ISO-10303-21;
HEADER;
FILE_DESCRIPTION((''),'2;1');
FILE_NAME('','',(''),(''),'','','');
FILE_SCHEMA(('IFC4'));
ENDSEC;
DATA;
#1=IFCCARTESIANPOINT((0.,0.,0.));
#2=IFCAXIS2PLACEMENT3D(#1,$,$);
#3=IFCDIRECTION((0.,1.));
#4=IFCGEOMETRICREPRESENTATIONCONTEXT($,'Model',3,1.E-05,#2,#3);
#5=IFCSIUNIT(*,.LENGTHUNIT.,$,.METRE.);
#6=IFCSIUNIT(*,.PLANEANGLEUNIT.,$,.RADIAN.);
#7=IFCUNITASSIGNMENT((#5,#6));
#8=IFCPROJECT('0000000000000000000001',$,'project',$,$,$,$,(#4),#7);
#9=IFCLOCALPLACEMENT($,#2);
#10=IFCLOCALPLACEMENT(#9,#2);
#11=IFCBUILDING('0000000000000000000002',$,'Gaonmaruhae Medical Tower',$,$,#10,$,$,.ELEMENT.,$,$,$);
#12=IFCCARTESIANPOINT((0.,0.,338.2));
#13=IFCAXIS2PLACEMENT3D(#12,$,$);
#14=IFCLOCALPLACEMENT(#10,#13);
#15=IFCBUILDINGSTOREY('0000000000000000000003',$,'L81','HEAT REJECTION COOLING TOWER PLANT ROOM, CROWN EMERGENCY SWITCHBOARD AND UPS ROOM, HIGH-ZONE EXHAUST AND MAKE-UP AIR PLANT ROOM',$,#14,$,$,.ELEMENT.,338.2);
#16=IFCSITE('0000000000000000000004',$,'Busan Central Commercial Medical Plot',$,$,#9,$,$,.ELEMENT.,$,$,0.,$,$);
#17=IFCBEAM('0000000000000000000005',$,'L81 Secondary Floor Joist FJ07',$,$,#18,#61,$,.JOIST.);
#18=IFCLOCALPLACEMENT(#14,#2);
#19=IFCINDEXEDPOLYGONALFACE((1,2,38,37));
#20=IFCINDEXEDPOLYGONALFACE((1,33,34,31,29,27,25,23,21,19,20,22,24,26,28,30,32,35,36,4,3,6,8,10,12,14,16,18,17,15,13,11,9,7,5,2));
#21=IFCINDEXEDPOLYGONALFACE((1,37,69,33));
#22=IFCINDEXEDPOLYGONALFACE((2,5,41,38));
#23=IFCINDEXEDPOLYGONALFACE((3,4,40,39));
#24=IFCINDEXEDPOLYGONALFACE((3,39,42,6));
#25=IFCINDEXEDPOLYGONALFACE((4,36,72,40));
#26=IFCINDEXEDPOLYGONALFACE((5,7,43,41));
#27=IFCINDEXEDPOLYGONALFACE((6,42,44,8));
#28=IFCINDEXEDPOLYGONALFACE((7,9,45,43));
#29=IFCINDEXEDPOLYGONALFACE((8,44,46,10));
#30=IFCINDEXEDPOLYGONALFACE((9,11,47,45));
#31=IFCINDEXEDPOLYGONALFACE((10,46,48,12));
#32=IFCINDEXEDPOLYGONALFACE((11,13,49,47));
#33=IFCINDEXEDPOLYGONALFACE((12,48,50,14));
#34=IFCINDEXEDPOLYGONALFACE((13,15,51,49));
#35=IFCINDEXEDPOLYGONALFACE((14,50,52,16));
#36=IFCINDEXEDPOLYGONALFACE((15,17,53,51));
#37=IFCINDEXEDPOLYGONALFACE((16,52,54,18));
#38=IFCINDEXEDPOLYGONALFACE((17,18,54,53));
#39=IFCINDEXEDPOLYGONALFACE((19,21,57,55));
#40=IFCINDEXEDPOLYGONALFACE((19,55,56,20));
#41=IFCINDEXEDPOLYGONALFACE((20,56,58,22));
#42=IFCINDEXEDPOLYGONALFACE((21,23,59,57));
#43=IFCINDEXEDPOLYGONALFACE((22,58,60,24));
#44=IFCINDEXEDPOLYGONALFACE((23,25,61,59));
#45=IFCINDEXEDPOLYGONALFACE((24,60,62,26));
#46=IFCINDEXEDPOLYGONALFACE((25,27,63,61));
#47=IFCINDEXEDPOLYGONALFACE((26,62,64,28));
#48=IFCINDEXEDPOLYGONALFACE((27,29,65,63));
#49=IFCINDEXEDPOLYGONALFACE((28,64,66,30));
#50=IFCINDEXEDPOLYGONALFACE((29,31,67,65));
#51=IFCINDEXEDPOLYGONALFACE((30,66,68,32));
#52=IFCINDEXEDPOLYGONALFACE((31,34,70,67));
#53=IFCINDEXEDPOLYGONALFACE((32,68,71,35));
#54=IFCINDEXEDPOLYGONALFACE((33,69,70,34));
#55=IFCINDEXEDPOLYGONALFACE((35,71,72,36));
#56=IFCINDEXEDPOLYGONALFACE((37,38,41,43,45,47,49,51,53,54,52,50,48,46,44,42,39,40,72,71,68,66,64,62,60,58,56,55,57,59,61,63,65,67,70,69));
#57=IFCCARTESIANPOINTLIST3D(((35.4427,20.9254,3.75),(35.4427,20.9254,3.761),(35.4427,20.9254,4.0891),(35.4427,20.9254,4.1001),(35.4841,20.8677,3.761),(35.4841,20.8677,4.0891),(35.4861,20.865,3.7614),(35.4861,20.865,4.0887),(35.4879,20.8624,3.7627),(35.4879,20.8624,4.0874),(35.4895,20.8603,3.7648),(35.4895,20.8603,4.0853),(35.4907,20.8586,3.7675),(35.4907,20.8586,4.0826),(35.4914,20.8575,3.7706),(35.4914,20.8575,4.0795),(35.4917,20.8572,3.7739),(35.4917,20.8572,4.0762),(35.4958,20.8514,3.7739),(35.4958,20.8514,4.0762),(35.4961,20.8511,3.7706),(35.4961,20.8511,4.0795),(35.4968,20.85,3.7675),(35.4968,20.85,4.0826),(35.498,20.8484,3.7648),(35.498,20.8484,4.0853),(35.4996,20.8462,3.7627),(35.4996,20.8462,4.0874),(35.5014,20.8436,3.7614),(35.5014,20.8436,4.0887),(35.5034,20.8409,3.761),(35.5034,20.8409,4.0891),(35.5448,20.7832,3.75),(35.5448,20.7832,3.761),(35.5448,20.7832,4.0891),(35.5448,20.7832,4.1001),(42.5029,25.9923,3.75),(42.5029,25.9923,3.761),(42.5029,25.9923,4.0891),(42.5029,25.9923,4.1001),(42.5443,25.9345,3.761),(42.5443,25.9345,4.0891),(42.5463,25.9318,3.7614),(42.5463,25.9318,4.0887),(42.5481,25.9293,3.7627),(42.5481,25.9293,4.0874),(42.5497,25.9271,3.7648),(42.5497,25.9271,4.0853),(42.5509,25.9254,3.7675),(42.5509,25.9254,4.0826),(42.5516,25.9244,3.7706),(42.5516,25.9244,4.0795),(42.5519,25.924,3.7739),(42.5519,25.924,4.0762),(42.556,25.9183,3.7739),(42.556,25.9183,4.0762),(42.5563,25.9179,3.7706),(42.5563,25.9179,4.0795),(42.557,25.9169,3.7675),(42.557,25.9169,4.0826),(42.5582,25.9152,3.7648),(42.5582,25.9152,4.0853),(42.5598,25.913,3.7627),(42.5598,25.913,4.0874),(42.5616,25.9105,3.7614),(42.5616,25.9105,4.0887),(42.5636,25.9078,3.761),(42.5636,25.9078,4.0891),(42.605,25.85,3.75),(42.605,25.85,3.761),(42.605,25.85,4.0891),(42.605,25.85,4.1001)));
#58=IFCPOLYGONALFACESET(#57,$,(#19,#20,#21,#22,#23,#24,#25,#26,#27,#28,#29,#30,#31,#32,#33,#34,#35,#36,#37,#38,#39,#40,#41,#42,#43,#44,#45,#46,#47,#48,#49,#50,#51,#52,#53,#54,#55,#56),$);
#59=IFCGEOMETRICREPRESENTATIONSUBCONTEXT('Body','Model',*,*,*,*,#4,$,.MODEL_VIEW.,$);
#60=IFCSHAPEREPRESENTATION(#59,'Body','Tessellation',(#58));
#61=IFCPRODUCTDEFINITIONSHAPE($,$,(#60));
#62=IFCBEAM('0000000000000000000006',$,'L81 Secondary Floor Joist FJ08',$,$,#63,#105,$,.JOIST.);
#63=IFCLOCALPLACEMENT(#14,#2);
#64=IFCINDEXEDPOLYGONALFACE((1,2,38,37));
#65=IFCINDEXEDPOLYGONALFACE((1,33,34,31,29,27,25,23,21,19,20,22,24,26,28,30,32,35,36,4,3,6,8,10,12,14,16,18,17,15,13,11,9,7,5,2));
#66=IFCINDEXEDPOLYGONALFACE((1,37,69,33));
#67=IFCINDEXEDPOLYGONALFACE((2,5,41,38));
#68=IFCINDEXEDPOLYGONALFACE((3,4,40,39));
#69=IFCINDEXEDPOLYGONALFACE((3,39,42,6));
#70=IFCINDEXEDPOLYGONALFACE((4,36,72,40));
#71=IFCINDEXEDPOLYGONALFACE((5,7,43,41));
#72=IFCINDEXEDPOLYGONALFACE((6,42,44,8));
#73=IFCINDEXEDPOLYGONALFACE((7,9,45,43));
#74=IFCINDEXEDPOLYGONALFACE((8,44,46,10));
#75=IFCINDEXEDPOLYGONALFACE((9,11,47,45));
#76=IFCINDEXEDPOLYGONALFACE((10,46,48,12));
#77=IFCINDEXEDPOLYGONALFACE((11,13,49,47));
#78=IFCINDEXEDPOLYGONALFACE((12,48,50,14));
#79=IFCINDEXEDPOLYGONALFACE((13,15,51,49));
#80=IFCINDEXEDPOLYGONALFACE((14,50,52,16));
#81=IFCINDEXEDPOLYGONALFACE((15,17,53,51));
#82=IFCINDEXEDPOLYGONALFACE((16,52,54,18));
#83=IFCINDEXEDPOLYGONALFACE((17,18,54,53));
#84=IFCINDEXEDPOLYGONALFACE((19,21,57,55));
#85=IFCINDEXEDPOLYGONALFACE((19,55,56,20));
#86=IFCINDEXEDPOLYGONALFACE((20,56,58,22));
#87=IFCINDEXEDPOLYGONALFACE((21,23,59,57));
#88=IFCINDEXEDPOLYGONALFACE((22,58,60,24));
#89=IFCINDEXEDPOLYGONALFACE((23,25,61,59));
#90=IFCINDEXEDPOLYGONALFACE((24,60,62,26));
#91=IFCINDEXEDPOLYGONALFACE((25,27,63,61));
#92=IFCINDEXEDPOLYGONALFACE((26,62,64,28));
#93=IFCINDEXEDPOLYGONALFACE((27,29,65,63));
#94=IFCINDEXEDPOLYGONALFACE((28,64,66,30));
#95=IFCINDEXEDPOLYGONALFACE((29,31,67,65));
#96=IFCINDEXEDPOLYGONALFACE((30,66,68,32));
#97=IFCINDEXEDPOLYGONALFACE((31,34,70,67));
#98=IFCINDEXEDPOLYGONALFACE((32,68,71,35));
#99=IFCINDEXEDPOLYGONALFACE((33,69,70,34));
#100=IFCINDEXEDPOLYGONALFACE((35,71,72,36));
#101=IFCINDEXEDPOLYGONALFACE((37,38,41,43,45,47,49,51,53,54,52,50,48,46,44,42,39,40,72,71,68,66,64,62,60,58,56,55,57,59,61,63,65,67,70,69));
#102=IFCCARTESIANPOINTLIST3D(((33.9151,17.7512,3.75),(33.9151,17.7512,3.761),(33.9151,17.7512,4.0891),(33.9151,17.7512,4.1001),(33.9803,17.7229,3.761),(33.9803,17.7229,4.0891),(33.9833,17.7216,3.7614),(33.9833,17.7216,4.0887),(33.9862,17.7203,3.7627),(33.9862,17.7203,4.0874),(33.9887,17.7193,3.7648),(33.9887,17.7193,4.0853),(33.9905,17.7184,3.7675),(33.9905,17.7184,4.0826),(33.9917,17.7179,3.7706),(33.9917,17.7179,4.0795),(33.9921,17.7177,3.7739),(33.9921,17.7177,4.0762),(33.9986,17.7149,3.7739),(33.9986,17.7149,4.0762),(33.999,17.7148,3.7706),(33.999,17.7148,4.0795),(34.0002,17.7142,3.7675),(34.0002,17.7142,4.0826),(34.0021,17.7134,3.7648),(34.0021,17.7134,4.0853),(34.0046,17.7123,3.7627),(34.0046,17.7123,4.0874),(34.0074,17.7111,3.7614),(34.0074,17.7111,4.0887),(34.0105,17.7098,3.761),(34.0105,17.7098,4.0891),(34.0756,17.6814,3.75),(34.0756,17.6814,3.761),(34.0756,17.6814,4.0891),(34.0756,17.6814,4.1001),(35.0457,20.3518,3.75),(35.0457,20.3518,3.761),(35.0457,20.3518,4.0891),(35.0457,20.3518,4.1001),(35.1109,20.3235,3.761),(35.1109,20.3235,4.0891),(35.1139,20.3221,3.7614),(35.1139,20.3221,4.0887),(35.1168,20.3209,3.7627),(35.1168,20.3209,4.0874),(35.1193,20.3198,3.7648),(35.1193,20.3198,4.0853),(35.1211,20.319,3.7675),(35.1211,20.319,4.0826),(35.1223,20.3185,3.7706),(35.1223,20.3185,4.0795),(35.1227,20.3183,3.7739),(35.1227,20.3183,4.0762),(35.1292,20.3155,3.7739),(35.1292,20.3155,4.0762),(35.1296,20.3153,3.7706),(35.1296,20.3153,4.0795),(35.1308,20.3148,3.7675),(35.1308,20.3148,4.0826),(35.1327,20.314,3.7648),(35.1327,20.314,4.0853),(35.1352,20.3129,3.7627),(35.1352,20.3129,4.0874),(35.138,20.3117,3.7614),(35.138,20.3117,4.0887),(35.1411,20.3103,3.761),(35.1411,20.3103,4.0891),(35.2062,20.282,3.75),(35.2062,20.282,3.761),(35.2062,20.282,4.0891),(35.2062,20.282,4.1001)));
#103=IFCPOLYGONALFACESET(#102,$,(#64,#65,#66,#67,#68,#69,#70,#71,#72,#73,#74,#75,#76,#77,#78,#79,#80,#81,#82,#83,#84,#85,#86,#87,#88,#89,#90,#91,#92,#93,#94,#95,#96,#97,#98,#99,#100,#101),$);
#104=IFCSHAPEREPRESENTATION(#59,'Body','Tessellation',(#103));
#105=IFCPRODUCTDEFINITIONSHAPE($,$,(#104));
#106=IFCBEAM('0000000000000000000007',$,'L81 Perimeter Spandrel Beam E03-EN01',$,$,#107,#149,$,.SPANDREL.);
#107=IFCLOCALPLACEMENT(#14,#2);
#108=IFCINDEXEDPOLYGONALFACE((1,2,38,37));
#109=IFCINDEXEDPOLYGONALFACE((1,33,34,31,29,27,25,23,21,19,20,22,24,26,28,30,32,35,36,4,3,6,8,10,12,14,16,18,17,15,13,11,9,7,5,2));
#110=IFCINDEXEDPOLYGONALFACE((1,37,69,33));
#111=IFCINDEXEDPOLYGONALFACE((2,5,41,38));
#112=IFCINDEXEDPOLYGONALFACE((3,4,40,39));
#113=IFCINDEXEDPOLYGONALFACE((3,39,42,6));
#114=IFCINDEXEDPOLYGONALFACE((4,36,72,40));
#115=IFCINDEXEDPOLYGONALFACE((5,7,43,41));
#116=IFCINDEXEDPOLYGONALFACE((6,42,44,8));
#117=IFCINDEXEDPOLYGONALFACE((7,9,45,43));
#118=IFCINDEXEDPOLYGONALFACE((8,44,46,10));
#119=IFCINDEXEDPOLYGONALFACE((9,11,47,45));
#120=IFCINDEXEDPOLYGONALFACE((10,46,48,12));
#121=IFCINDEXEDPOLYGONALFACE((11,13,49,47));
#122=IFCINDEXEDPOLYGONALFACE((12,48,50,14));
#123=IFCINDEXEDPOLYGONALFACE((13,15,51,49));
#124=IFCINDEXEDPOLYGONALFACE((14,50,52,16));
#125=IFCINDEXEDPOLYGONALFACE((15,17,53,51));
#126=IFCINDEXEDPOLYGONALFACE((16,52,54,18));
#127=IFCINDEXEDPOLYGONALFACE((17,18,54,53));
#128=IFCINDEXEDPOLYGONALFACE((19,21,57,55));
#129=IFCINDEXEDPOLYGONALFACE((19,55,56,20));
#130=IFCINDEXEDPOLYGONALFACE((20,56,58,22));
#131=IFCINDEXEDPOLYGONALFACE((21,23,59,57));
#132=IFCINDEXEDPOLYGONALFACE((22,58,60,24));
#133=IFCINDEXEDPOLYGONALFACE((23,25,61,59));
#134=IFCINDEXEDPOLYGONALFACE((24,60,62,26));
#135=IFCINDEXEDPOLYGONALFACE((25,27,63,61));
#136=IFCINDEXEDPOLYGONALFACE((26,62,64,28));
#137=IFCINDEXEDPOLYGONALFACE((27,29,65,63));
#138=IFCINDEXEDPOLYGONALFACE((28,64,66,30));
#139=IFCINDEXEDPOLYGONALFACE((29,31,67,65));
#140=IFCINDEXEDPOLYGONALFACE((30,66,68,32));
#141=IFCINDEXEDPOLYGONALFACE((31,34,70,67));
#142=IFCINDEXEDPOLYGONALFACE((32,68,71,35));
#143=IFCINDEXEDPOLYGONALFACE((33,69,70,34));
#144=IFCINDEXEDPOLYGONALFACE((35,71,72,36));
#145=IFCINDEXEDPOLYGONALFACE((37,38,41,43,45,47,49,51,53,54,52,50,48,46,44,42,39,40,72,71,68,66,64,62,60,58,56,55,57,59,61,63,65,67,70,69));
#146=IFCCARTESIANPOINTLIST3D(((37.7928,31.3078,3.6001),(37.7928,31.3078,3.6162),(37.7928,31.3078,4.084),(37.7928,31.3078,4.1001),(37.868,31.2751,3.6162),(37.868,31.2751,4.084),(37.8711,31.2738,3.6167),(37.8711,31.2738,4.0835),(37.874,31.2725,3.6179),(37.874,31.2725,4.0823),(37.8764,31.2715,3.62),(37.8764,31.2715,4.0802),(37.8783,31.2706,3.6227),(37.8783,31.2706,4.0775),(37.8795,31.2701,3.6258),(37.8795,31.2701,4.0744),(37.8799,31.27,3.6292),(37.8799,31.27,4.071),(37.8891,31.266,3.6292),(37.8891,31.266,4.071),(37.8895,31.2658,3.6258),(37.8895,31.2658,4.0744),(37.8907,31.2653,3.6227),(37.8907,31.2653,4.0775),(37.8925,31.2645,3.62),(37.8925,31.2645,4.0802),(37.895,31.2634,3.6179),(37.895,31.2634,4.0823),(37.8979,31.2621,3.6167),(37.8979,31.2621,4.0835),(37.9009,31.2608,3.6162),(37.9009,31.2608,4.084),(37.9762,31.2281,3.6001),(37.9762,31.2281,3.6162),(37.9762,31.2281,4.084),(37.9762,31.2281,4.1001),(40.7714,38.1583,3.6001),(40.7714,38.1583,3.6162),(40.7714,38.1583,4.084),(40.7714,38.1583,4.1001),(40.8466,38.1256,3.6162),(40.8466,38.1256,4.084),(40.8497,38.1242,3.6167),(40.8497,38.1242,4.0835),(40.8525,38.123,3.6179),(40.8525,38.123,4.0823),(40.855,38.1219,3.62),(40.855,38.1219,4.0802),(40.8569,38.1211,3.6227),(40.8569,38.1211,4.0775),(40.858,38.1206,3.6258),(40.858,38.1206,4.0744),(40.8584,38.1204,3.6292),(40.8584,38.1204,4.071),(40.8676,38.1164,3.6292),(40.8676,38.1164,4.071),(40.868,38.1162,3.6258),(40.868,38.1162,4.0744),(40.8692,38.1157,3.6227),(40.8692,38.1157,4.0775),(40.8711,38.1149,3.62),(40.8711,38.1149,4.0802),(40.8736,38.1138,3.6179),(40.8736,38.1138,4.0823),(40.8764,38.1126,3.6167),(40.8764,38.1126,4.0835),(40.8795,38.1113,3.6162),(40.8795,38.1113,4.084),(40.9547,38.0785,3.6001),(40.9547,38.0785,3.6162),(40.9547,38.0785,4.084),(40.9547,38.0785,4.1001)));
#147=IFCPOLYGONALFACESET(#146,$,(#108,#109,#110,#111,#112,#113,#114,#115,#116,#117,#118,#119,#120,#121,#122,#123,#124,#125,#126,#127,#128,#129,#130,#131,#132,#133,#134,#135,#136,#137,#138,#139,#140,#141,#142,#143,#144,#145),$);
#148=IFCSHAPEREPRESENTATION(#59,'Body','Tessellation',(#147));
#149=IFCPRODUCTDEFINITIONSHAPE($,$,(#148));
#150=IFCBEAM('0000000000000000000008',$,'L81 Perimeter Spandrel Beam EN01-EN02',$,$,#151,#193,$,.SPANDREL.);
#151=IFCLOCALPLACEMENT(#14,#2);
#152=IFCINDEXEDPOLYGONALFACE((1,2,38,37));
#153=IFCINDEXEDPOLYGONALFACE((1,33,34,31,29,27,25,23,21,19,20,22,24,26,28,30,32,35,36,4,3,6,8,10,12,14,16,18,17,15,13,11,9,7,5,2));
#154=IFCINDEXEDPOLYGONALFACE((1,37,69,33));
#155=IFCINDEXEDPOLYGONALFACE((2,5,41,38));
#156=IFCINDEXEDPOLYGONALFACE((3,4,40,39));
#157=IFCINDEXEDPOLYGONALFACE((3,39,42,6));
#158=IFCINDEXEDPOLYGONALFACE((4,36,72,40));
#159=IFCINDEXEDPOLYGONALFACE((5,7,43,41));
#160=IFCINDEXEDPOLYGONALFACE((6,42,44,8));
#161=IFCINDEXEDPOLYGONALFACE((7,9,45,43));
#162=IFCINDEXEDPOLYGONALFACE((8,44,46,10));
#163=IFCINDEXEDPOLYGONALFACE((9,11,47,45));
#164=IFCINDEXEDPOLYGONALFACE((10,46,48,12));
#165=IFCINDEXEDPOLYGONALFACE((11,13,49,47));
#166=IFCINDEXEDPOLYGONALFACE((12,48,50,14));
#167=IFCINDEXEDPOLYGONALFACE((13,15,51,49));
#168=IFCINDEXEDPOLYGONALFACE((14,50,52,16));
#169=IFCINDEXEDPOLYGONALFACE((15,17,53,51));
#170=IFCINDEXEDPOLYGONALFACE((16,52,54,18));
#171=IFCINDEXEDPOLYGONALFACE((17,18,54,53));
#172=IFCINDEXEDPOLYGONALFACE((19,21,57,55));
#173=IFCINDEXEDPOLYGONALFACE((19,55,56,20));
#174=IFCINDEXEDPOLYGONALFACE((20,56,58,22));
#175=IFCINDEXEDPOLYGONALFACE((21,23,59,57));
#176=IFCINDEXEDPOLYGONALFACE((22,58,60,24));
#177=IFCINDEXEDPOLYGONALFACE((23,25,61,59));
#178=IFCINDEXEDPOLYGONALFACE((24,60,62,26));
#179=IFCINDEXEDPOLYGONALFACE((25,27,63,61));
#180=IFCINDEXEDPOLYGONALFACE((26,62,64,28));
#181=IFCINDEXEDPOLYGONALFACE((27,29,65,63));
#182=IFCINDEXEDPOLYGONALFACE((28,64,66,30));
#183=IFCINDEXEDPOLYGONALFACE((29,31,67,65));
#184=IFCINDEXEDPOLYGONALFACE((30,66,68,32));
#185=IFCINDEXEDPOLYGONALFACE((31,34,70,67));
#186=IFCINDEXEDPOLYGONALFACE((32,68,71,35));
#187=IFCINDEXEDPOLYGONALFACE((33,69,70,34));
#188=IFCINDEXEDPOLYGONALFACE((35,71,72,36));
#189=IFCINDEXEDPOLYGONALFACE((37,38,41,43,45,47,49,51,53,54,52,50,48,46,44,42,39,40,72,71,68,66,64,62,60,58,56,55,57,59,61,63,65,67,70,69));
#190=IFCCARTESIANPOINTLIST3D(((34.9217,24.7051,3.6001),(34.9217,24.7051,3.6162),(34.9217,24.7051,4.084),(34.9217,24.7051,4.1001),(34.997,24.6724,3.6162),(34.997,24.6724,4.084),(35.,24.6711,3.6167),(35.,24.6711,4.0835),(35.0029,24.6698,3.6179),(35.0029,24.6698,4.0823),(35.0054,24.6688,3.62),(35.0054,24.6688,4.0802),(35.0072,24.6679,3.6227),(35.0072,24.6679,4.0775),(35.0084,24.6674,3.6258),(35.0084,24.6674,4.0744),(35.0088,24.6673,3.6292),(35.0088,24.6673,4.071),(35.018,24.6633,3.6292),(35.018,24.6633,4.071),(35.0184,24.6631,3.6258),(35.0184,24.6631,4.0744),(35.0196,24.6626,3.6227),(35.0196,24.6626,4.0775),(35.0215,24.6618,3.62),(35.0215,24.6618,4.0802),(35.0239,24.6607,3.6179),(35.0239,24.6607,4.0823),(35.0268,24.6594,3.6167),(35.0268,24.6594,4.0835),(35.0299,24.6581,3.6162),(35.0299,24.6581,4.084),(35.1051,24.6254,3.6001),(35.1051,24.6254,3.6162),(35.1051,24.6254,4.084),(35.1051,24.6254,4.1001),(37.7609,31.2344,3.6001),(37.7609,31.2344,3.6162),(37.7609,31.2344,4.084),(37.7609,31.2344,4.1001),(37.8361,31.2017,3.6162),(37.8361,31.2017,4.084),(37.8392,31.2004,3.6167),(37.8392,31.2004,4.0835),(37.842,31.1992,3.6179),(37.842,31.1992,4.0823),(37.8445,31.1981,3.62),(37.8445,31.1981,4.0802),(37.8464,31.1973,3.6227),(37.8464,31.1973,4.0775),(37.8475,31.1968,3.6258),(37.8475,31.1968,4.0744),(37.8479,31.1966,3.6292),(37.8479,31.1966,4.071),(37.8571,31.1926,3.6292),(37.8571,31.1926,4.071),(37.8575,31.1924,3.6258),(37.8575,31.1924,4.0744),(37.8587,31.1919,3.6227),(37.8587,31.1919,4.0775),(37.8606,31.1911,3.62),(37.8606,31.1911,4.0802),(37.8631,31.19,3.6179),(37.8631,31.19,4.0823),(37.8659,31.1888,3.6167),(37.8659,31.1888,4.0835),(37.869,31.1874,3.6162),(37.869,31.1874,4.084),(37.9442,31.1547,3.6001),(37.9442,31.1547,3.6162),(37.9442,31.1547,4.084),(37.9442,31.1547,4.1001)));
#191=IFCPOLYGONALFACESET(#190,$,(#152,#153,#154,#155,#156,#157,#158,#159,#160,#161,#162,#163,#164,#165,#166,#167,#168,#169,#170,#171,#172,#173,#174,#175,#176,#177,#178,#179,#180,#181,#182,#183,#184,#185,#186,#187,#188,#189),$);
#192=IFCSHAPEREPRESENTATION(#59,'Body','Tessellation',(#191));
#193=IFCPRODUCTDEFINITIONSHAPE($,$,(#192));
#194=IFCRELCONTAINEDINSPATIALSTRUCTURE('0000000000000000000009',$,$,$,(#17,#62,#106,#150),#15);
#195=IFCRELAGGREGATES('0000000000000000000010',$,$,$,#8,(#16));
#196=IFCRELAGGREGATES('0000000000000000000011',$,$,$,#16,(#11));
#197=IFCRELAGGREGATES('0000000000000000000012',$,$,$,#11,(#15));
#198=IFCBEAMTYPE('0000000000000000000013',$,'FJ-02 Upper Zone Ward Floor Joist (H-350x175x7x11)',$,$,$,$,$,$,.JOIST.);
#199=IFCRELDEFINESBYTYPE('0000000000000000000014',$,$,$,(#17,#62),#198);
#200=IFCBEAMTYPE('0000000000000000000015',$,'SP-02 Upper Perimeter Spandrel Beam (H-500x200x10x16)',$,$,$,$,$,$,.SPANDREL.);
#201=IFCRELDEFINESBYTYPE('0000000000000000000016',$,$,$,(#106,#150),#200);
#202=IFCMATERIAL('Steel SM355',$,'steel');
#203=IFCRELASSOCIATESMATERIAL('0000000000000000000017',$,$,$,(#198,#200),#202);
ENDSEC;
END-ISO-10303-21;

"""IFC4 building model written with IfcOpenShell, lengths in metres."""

from ifc_helpers import new_model, si_unit, direction, frame, origin, origin_2d, place, context, subcontext, project, spatial, i_section, extrude, material, material_profile, profile_set, type_object, element, save


model = new_model("IFC4")

# Units and contexts
model_context = context("Model", 3, precision=1e-05, world=origin(), true_north=direction((0.0, 1.0)))
body_context = subcontext(model_context, "Body", "Model", "MODEL_VIEW")
ifc_project = project(units=[si_unit("LENGTHUNIT", "METRE"), si_unit("PLANEANGLEUNIT", "RADIAN")], contexts=[model_context])

# Site, building, storey
site_placement = place(None, origin())
site = spatial("IfcSite", under=ifc_project, at=site_placement, Name="Busan Central Commercial Medical Plot", CompositionType="ELEMENT", RefElevation=0.0)
building_placement = place(site_placement, origin())
building = spatial("IfcBuilding", under=site, at=building_placement, Name="Gaonmaruhae Medical Tower", CompositionType="ELEMENT")
storey_placement = place(building_placement, frame((0.0, 0.0, 338.2)))
storey = spatial("IfcBuildingStorey", under=building, at=storey_placement, Name="L81", Description="HEAT REJECTION COOLING TOWER PLANT ROOM, CROWN EMERGENCY SWITCHBOARD AND UPS ROOM, HIGH-ZONE EXHAUST AND MAKE-UP AIR PLANT ROOM", CompositionType="ELEMENT", Elevation=338.2)

# Beams
ifc_material_1 = material(Name="Steel SM355", Category="steel")
ifc_material_profile_1 = material_profile(ifc_material_1, i_section(OverallWidth=0.175, OverallDepth=0.3501, WebThickness=0.0071, FlangeThickness=0.011, FilletRadius=0.0129, at=origin_2d()), Name="H-350x175x7x11")
ifc_profile_set_1 = profile_set([ifc_material_profile_1], Name="Steel SM355")
beam_type_1 = type_object("IfcBeamType", Name="FJ-02 Upper Zone Ward Floor Joist (H-350x175x7x11)", PredefinedType="JOIST", material=ifc_profile_set_1)
beam_1_placement = place(storey_placement, frame((42.554, 25.9211, 3.925), z_axis=(-0.812435, -0.583052, 0.0), x_axis=(0.583052, -0.812435, 0.0)))
element("IfcBeam", 1, at=beam_1_placement, inside=storey, type_object=beam_type_1, Name="L81 Secondary Floor Joist FJ07", PredefinedType="JOIST", context=body_context, shape_type="SweptSolid", body=[
    extrude(i_section(OverallWidth=0.175, OverallDepth=0.3501, WebThickness=0.0071, FlangeThickness=0.011, FilletRadius=0.0129, at=origin_2d()), origin(), (0.0, 0.0, 1.0), 8.6902),
])
beam_2_placement = place(storey_placement, frame((35.126, 20.3169, 3.925), z_axis=(-0.398704, -0.91708, 0.0), x_axis=(0.91708, -0.398704, 0.0)))
element("IfcBeam", 2, at=beam_2_placement, inside=storey, type_object=beam_type_1, Name="L81 Secondary Floor Joist FJ08", PredefinedType="JOIST", context=body_context, shape_type="SweptSolid", body=[
    extrude(i_section(OverallWidth=0.175, OverallDepth=0.3501, WebThickness=0.0071, FlangeThickness=0.011, FilletRadius=0.0129, at=origin_2d()), origin(), (0.0, 0.0, 1.0), 2.8357),
])
ifc_material_profile_2 = material_profile(ifc_material_1, i_section(OverallWidth=0.2, OverallDepth=0.5, WebThickness=0.01, FlangeThickness=0.0161, FilletRadius=0.0129, at=origin_2d()), Name="H-500x200x10x16")
ifc_profile_set_2 = profile_set([ifc_material_profile_2], Name="Steel SM355")
beam_type_2 = type_object("IfcBeamType", Name="SP-02 Upper Perimeter Spandrel Beam (H-500x200x10x16)", PredefinedType="SPANDREL", material=ifc_profile_set_2)
beam_3_placement = place(storey_placement, frame((40.863, 38.1184, 3.8501), z_axis=(-0.398738, -0.917065, 0.0), x_axis=(0.917065, -0.398738, 0.0)))
element("IfcBeam", 3, at=beam_3_placement, inside=storey, type_object=beam_type_2, Name="L81 Perimeter Spandrel Beam E03-EN01", PredefinedType="SPANDREL", context=body_context, shape_type="SweptSolid", body=[
    extrude(i_section(OverallWidth=0.2, OverallDepth=0.5, WebThickness=0.01, FlangeThickness=0.0161, FilletRadius=0.0129, at=origin_2d()), origin(), (0.0, 0.0, 1.0), 7.47),
])
beam_4_placement = place(storey_placement, frame((37.8525, 31.1946, 3.8501), z_axis=(-0.39876, -0.917055, 0.0), x_axis=(0.917055, -0.39876, 0.0)))
element("IfcBeam", 4, at=beam_4_placement, inside=storey, type_object=beam_type_2, Name="L81 Perimeter Spandrel Beam EN01-EN02", PredefinedType="SPANDREL", context=body_context, shape_type="SweptSolid", body=[
    extrude(i_section(OverallWidth=0.2, OverallDepth=0.5, WebThickness=0.01, FlangeThickness=0.0161, FilletRadius=0.0129, at=origin_2d()), origin(), (0.0, 0.0, 1.0), 7.1199),
])

save(model, "model.ifc")
